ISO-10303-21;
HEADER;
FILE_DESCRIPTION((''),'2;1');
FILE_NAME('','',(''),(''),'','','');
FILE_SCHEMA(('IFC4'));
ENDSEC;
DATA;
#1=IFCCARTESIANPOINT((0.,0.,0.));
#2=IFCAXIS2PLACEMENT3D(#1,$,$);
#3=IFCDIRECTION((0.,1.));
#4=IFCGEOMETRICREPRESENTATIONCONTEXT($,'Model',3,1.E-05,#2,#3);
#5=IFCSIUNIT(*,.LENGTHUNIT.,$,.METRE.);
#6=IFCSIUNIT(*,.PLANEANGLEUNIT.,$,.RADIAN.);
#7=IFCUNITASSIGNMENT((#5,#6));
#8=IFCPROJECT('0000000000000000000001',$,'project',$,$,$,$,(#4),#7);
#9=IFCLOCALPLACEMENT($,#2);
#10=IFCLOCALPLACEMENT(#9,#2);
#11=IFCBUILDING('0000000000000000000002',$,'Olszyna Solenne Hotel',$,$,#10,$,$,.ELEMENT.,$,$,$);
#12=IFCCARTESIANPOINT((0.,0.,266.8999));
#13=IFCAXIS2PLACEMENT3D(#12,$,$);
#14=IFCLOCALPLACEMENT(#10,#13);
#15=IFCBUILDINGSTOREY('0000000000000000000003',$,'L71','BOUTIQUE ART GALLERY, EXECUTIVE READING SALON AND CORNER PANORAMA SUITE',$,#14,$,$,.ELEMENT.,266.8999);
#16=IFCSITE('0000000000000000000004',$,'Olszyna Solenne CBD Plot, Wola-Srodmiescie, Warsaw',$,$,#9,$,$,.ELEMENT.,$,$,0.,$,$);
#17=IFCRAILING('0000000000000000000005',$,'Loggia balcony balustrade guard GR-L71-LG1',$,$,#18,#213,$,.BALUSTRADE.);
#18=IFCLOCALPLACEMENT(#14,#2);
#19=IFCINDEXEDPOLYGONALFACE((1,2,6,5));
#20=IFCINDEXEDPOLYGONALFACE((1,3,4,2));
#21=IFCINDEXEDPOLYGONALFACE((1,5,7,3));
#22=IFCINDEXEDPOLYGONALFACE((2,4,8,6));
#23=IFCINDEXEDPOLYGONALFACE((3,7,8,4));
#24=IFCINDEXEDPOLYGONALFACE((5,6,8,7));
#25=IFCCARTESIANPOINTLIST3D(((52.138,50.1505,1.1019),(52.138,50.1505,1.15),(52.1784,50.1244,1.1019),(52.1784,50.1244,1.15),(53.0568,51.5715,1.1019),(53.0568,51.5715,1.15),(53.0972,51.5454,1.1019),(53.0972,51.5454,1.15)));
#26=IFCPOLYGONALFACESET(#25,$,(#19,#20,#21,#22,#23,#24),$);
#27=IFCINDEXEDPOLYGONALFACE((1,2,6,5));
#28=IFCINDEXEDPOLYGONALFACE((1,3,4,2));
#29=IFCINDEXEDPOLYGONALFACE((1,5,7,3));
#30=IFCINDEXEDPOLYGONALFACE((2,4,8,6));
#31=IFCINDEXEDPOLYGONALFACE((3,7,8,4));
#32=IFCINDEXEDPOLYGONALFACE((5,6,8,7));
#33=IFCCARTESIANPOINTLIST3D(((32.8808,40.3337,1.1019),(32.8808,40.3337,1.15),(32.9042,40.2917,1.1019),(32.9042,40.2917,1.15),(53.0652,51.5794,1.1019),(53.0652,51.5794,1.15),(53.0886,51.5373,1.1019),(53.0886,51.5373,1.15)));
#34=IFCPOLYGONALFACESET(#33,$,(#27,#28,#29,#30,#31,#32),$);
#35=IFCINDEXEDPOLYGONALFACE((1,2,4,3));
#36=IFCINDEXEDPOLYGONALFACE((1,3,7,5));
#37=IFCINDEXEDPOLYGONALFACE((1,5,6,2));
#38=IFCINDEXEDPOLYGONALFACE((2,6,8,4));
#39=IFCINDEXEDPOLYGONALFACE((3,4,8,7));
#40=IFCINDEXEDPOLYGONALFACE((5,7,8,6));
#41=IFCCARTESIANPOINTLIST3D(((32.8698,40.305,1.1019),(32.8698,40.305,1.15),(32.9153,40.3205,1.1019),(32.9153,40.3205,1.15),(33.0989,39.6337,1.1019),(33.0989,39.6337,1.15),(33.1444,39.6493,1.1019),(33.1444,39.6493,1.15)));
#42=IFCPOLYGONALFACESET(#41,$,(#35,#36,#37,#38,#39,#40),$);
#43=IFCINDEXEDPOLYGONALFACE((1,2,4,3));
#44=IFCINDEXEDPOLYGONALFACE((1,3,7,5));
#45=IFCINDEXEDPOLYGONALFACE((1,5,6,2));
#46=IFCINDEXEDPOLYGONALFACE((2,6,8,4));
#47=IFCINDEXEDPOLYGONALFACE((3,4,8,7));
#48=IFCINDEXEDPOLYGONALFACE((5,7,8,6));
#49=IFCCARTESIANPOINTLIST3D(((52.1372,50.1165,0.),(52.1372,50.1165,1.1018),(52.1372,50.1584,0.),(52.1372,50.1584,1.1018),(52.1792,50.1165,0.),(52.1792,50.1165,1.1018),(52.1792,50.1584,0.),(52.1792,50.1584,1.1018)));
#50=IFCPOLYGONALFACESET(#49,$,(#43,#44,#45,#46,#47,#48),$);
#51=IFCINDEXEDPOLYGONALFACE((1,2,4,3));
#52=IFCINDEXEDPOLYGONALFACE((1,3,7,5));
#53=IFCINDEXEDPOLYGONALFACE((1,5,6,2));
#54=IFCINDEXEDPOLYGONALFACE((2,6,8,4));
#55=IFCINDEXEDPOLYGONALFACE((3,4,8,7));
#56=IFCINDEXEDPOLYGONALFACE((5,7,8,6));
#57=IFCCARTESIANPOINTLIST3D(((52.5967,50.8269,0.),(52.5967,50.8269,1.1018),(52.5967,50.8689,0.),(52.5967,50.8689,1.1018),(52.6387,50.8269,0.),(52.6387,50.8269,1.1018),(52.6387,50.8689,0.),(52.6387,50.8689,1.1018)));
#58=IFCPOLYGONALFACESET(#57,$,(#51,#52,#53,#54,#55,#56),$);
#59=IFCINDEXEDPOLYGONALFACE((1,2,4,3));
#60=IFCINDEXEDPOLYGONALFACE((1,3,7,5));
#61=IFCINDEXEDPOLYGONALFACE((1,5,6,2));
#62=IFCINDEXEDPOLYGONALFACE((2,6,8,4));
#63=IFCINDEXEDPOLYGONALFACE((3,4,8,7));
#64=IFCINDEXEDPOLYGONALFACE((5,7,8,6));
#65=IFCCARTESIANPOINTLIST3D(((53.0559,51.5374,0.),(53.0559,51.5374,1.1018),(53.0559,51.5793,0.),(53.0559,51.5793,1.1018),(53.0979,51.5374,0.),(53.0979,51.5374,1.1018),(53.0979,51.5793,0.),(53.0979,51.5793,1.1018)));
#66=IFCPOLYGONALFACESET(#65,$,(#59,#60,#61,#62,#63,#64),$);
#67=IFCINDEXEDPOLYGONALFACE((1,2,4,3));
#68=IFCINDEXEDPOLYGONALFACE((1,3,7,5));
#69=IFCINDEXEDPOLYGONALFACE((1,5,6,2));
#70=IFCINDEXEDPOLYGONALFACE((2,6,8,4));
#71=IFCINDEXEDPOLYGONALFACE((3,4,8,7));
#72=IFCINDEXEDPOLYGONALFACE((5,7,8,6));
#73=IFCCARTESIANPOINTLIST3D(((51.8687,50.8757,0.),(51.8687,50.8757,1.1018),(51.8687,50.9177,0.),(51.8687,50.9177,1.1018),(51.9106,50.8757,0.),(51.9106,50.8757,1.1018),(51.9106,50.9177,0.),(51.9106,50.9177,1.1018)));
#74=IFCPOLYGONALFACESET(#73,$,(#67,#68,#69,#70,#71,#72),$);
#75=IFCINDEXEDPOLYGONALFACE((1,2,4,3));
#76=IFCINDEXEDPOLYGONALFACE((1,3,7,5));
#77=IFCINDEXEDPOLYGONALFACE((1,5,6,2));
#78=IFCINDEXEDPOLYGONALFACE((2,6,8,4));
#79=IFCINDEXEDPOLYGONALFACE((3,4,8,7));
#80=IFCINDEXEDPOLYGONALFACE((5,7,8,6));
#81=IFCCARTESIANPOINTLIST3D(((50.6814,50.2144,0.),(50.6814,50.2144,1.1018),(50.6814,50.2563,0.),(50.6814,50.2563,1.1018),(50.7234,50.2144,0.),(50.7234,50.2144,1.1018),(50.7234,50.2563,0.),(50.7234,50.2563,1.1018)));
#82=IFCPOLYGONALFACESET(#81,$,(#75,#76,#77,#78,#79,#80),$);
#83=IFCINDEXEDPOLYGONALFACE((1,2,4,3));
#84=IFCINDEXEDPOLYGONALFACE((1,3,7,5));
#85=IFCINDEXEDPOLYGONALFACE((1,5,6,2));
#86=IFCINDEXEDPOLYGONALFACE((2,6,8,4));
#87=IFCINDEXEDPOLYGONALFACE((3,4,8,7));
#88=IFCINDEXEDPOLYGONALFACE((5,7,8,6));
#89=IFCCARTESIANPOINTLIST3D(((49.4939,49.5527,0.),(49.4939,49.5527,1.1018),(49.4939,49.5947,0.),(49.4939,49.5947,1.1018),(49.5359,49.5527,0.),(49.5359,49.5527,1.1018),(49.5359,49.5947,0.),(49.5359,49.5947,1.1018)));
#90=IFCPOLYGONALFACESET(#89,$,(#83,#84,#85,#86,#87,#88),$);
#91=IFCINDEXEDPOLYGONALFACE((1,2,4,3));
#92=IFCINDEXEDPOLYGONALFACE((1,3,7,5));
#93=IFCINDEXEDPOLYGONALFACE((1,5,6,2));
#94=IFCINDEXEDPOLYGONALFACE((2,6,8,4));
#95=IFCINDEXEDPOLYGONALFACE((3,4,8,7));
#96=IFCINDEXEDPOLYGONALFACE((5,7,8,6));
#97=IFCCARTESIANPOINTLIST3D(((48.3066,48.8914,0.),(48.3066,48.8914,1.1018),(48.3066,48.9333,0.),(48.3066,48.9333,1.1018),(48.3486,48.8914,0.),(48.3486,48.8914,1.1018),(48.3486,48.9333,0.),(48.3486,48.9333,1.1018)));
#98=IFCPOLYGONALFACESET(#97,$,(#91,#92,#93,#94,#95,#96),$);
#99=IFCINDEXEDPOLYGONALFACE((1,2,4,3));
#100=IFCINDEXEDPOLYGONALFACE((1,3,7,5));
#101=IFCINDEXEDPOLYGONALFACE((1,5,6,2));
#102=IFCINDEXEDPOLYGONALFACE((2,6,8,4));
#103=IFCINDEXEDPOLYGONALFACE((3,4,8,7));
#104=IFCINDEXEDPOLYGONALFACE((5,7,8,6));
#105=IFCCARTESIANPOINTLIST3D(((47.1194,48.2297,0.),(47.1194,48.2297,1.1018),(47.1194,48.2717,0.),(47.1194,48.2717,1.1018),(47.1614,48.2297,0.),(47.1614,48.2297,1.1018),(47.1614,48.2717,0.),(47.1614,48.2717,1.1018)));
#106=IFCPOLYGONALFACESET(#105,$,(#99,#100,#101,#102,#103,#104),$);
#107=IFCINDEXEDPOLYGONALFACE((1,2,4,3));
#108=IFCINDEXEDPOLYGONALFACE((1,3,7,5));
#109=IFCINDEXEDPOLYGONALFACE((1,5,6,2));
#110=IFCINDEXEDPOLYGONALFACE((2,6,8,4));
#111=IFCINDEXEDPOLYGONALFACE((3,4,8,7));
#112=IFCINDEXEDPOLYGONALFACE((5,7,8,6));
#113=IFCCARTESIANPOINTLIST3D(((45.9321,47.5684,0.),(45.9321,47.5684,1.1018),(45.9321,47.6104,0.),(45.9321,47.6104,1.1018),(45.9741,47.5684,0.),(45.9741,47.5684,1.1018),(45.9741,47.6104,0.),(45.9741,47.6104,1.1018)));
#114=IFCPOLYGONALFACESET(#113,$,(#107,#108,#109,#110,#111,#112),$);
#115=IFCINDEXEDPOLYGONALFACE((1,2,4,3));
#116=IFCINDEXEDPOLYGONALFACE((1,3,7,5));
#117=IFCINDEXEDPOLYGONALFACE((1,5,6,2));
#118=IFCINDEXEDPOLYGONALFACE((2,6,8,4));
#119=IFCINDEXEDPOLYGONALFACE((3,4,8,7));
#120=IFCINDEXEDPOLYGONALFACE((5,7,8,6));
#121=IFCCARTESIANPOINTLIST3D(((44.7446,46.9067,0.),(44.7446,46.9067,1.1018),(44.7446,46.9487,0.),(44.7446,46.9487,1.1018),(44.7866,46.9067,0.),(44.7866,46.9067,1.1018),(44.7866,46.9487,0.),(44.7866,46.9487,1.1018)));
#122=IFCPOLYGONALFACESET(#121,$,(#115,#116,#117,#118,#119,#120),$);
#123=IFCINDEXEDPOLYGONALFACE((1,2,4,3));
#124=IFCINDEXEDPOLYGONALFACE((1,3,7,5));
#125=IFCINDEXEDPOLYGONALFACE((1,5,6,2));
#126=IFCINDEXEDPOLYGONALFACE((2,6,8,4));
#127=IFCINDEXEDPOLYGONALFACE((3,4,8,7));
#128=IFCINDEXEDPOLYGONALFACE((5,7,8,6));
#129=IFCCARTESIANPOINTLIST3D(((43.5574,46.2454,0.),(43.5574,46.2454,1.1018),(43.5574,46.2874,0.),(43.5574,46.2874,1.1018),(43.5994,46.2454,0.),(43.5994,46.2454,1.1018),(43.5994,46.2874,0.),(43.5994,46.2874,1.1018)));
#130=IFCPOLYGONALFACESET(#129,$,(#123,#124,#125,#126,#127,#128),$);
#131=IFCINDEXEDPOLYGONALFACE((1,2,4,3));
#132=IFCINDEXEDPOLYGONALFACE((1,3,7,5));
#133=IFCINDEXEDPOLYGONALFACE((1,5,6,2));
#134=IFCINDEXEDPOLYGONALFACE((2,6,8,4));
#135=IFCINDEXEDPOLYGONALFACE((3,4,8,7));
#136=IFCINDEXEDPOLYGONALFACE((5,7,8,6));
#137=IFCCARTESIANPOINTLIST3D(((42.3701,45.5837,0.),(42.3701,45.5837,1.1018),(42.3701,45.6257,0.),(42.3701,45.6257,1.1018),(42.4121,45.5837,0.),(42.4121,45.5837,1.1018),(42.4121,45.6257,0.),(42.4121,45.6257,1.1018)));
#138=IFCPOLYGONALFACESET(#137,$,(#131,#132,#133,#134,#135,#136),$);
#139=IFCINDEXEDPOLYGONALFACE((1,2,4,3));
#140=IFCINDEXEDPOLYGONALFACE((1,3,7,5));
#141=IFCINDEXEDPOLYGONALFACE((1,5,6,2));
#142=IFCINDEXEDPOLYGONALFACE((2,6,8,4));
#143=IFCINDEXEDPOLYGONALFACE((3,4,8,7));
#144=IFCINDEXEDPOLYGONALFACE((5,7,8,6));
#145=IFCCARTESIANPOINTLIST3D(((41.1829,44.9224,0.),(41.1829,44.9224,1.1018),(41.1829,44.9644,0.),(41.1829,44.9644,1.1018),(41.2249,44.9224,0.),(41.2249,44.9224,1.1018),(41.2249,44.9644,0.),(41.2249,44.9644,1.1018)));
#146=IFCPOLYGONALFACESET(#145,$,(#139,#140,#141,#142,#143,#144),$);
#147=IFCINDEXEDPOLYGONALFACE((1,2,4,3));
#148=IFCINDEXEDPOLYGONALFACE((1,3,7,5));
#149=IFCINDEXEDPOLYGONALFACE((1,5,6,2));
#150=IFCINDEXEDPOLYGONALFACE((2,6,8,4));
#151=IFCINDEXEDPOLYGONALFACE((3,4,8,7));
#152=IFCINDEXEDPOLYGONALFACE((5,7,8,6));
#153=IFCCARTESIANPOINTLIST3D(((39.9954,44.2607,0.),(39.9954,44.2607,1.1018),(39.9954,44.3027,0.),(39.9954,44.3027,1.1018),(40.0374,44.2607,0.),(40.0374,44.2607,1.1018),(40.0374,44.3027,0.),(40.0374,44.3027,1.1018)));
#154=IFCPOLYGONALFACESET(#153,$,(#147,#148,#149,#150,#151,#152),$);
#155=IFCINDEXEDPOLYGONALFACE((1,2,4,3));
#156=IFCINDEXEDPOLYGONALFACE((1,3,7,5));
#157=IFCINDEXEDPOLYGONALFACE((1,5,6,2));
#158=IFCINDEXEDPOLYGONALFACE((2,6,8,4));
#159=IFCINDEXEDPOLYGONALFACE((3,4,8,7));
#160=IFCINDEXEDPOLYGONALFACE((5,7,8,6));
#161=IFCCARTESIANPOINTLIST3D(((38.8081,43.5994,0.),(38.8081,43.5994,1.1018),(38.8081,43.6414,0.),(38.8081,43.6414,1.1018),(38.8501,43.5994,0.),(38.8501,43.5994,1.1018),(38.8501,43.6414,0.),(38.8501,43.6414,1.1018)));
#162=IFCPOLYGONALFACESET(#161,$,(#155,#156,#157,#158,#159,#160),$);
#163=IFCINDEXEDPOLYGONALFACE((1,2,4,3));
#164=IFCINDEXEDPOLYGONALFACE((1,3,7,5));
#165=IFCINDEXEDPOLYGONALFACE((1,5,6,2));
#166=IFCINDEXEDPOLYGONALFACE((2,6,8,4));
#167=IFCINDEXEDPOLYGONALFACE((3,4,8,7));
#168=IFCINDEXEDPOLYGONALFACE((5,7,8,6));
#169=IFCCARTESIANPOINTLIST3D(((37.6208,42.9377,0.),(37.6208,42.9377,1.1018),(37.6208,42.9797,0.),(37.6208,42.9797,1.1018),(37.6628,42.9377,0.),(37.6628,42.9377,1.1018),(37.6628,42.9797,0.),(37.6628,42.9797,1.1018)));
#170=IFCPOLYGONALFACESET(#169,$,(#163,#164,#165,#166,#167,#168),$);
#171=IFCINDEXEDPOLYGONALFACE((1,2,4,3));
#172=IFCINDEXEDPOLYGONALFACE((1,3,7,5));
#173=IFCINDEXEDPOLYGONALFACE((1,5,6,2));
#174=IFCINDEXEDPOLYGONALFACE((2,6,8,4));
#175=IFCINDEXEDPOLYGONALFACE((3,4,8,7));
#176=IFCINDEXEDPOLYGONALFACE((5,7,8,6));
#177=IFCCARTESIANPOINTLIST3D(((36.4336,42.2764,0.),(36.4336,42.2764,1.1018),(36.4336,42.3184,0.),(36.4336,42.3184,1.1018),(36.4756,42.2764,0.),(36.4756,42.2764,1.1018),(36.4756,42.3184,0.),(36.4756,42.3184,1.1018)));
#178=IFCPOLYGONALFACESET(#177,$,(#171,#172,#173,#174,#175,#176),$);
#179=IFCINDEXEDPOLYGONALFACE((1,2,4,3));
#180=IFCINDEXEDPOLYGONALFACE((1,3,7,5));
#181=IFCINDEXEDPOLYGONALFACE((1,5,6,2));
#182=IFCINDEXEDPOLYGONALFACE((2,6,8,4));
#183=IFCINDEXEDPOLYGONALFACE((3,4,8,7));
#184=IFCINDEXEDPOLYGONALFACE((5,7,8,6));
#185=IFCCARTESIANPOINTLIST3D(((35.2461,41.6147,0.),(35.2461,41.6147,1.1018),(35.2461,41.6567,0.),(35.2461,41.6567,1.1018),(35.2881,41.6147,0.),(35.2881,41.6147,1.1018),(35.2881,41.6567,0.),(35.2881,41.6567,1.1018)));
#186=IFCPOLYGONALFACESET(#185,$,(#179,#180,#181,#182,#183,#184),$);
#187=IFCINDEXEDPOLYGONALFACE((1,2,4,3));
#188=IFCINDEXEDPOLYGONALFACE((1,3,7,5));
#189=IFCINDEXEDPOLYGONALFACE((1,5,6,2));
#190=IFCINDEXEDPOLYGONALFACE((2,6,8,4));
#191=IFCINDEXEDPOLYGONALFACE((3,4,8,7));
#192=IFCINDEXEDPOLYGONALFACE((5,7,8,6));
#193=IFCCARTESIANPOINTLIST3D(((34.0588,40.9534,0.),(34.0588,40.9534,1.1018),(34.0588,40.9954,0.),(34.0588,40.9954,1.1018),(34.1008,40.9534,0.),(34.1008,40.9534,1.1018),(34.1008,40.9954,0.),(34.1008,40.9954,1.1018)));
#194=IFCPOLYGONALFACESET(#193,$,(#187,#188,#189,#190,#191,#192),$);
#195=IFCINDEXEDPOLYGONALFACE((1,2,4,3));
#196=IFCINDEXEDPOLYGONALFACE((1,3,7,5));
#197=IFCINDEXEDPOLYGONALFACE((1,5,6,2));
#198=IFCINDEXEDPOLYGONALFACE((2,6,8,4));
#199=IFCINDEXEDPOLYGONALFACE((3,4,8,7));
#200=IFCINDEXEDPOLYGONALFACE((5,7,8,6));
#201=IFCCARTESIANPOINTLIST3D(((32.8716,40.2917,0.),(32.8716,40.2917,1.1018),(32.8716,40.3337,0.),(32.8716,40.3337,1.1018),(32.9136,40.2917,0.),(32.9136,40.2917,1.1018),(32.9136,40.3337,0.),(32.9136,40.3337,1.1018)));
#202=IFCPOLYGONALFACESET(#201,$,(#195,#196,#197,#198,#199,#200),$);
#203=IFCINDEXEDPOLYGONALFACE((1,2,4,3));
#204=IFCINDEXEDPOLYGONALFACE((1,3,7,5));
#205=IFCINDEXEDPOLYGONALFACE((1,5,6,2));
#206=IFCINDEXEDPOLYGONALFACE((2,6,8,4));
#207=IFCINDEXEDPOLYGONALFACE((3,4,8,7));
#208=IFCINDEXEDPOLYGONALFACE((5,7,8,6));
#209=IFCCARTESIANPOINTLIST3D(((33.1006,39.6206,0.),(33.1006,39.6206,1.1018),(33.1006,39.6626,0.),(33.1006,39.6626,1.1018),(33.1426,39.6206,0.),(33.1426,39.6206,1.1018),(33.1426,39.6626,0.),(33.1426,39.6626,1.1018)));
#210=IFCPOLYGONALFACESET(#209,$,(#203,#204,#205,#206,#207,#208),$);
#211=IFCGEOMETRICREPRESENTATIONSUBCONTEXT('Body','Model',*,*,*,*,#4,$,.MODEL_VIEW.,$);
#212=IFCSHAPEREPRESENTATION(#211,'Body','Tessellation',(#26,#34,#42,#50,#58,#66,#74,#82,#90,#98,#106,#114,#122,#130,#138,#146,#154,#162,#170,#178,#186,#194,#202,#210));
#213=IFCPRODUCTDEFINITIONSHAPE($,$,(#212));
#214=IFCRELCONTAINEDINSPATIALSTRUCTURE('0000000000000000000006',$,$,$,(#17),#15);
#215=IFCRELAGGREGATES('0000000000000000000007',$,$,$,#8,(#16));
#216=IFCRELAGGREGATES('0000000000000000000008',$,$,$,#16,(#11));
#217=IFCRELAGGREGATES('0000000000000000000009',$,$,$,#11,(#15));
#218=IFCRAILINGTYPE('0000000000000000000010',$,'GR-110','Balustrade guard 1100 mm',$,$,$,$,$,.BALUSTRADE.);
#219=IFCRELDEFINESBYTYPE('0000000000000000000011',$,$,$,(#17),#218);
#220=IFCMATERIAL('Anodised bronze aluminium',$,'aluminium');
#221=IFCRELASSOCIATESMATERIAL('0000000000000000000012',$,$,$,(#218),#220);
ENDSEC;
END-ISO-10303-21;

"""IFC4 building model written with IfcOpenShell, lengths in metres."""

from ifc_helpers import new_model, si_unit, direction, frame, origin, origin_2d, place, context, subcontext, project, spatial, rectangle, extrude, material, type_object, element, save


model = new_model("IFC4")

# Units and contexts
model_context = context("Model", 3, precision=1e-05, world=origin(), true_north=direction((0.0, 1.0)))
body_context = subcontext(model_context, "Body", "Model", "MODEL_VIEW")
ifc_project = project(units=[si_unit("LENGTHUNIT", "METRE"), si_unit("PLANEANGLEUNIT", "RADIAN")], contexts=[model_context])

# Site, building, storey
site_placement = place(None, origin())
site = spatial("IfcSite", under=ifc_project, at=site_placement, Name="Olszyna Solenne CBD Plot, Wola-Srodmiescie, Warsaw", CompositionType="ELEMENT", RefElevation=0.0)
building_placement = place(site_placement, origin())
building = spatial("IfcBuilding", under=site, at=building_placement, Name="Olszyna Solenne Hotel", CompositionType="ELEMENT")
storey_placement = place(building_placement, frame((0.0, 0.0, 266.8999)))
storey = spatial("IfcBuildingStorey", under=building, at=storey_placement, Name="L71", Description="BOUTIQUE ART GALLERY, EXECUTIVE READING SALON AND CORNER PANORAMA SUITE", CompositionType="ELEMENT", Elevation=266.8999)

# Railing
ifc_material_1 = material(Name="Anodised bronze aluminium", Category="aluminium")
railing_type = type_object("IfcRailingType", Name="GR-110", Description="Balustrade guard 1100 mm", PredefinedType="BALUSTRADE", material=ifc_material_1)
railing_placement = place(storey_placement, frame((52.1582, 50.1375, 0.0)))
element("IfcRailing", 1, at=railing_placement, inside=storey, type_object=railing_type, Name="Loggia balcony balustrade guard GR-L71-LG1", PredefinedType="BALUSTRADE", context=body_context, shape_type="SweptSolid", body=[
    extrude(rectangle(XDim=0.0481, YDim=0.0481, at=origin_2d()), frame((0.0, 0.0, 1.126), z_axis=(0.542958, 0.83976, 0.0), x_axis=(-0.83976, 0.542958, 0.0)), (0.0, 0.0, 1.0), 1.6921),
    extrude(rectangle(XDim=0.0481, YDim=0.0481, at=origin_2d()), frame((0.9187, 1.4209, 1.126), z_axis=(-0.873567, -0.486704, 0.0), x_axis=(0.486704, -0.873567, 0.0)), (0.0, 0.0, 1.0), 23.1057),
    extrude(rectangle(XDim=0.0481, YDim=0.0481, at=origin_2d()), frame((-19.2656, -9.8247, 1.126), z_axis=(0.322933, -0.946422, 0.0), x_axis=(0.946422, 0.322933, 0.0)), (0.0, 0.0, 1.0), 0.7092),
    extrude(rectangle(XDim=0.042, YDim=0.042, at=origin_2d()), origin(), (0.0, 0.0, 1.0), 1.1018),
    extrude(rectangle(XDim=0.042, YDim=0.042, at=origin_2d()), frame((0.4595, 0.7104, 0.0)), (0.0, 0.0, 1.0), 1.1018),
    extrude(rectangle(XDim=0.042, YDim=0.042, at=origin_2d()), frame((0.9187, 1.4209, 0.0)), (0.0, 0.0, 1.0), 1.1018),
    extrude(rectangle(XDim=0.042, YDim=0.042, at=origin_2d()), frame((-0.2686, 0.7593, 0.0)), (0.0, 0.0, 1.0), 1.1018),
    extrude(rectangle(XDim=0.042, YDim=0.042, at=origin_2d()), frame((-1.4558, 0.0979, 0.0)), (0.0, 0.0, 1.0), 1.1018),
    extrude(rectangle(XDim=0.042, YDim=0.042, at=origin_2d()), frame((-2.6433, -0.5637, 0.0)), (0.0, 0.0, 1.0), 1.1018),
    extrude(rectangle(XDim=0.042, YDim=0.042, at=origin_2d()), frame((-3.8306, -1.2251, 0.0)), (0.0, 0.0, 1.0), 1.1018),
    extrude(rectangle(XDim=0.042, YDim=0.042, at=origin_2d()), frame((-5.0178, -1.8867, 0.0)), (0.0, 0.0, 1.0), 1.1018),
    extrude(rectangle(XDim=0.042, YDim=0.042, at=origin_2d()), frame((-6.2051, -2.5481, 0.0)), (0.0, 0.0, 1.0), 1.1018),
    extrude(rectangle(XDim=0.042, YDim=0.042, at=origin_2d()), frame((-7.3926, -3.2097, 0.0)), (0.0, 0.0, 1.0), 1.1018),
    extrude(rectangle(XDim=0.042, YDim=0.042, at=origin_2d()), frame((-8.5798, -3.8711, 0.0)), (0.0, 0.0, 1.0), 1.1018),
    extrude(rectangle(XDim=0.042, YDim=0.042, at=origin_2d()), frame((-9.7671, -4.5327, 0.0)), (0.0, 0.0, 1.0), 1.1018),
    extrude(rectangle(XDim=0.042, YDim=0.042, at=origin_2d()), frame((-10.9543, -5.1941, 0.0)), (0.0, 0.0, 1.0), 1.1018),
    extrude(rectangle(XDim=0.042, YDim=0.042, at=origin_2d()), frame((-12.1418, -5.8557, 0.0)), (0.0, 0.0, 1.0), 1.1018),
    extrude(rectangle(XDim=0.042, YDim=0.042, at=origin_2d()), frame((-13.3291, -6.5171, 0.0)), (0.0, 0.0, 1.0), 1.1018),
    extrude(rectangle(XDim=0.042, YDim=0.042, at=origin_2d()), frame((-14.5164, -7.1787, 0.0)), (0.0, 0.0, 1.0), 1.1018),
    extrude(rectangle(XDim=0.042, YDim=0.042, at=origin_2d()), frame((-15.7036, -7.8401, 0.0)), (0.0, 0.0, 1.0), 1.1018),
    extrude(rectangle(XDim=0.042, YDim=0.042, at=origin_2d()), frame((-16.8911, -8.5017, 0.0)), (0.0, 0.0, 1.0), 1.1018),
    extrude(rectangle(XDim=0.042, YDim=0.042, at=origin_2d()), frame((-18.0784, -9.1631, 0.0)), (0.0, 0.0, 1.0), 1.1018),
    extrude(rectangle(XDim=0.042, YDim=0.042, at=origin_2d()), frame((-19.2656, -9.8247, 0.0)), (0.0, 0.0, 1.0), 1.1018),
    extrude(rectangle(XDim=0.042, YDim=0.042, at=origin_2d()), frame((-19.0366, -10.4958, 0.0)), (0.0, 0.0, 1.0), 1.1018),
])

save(model, "model.ifc")
